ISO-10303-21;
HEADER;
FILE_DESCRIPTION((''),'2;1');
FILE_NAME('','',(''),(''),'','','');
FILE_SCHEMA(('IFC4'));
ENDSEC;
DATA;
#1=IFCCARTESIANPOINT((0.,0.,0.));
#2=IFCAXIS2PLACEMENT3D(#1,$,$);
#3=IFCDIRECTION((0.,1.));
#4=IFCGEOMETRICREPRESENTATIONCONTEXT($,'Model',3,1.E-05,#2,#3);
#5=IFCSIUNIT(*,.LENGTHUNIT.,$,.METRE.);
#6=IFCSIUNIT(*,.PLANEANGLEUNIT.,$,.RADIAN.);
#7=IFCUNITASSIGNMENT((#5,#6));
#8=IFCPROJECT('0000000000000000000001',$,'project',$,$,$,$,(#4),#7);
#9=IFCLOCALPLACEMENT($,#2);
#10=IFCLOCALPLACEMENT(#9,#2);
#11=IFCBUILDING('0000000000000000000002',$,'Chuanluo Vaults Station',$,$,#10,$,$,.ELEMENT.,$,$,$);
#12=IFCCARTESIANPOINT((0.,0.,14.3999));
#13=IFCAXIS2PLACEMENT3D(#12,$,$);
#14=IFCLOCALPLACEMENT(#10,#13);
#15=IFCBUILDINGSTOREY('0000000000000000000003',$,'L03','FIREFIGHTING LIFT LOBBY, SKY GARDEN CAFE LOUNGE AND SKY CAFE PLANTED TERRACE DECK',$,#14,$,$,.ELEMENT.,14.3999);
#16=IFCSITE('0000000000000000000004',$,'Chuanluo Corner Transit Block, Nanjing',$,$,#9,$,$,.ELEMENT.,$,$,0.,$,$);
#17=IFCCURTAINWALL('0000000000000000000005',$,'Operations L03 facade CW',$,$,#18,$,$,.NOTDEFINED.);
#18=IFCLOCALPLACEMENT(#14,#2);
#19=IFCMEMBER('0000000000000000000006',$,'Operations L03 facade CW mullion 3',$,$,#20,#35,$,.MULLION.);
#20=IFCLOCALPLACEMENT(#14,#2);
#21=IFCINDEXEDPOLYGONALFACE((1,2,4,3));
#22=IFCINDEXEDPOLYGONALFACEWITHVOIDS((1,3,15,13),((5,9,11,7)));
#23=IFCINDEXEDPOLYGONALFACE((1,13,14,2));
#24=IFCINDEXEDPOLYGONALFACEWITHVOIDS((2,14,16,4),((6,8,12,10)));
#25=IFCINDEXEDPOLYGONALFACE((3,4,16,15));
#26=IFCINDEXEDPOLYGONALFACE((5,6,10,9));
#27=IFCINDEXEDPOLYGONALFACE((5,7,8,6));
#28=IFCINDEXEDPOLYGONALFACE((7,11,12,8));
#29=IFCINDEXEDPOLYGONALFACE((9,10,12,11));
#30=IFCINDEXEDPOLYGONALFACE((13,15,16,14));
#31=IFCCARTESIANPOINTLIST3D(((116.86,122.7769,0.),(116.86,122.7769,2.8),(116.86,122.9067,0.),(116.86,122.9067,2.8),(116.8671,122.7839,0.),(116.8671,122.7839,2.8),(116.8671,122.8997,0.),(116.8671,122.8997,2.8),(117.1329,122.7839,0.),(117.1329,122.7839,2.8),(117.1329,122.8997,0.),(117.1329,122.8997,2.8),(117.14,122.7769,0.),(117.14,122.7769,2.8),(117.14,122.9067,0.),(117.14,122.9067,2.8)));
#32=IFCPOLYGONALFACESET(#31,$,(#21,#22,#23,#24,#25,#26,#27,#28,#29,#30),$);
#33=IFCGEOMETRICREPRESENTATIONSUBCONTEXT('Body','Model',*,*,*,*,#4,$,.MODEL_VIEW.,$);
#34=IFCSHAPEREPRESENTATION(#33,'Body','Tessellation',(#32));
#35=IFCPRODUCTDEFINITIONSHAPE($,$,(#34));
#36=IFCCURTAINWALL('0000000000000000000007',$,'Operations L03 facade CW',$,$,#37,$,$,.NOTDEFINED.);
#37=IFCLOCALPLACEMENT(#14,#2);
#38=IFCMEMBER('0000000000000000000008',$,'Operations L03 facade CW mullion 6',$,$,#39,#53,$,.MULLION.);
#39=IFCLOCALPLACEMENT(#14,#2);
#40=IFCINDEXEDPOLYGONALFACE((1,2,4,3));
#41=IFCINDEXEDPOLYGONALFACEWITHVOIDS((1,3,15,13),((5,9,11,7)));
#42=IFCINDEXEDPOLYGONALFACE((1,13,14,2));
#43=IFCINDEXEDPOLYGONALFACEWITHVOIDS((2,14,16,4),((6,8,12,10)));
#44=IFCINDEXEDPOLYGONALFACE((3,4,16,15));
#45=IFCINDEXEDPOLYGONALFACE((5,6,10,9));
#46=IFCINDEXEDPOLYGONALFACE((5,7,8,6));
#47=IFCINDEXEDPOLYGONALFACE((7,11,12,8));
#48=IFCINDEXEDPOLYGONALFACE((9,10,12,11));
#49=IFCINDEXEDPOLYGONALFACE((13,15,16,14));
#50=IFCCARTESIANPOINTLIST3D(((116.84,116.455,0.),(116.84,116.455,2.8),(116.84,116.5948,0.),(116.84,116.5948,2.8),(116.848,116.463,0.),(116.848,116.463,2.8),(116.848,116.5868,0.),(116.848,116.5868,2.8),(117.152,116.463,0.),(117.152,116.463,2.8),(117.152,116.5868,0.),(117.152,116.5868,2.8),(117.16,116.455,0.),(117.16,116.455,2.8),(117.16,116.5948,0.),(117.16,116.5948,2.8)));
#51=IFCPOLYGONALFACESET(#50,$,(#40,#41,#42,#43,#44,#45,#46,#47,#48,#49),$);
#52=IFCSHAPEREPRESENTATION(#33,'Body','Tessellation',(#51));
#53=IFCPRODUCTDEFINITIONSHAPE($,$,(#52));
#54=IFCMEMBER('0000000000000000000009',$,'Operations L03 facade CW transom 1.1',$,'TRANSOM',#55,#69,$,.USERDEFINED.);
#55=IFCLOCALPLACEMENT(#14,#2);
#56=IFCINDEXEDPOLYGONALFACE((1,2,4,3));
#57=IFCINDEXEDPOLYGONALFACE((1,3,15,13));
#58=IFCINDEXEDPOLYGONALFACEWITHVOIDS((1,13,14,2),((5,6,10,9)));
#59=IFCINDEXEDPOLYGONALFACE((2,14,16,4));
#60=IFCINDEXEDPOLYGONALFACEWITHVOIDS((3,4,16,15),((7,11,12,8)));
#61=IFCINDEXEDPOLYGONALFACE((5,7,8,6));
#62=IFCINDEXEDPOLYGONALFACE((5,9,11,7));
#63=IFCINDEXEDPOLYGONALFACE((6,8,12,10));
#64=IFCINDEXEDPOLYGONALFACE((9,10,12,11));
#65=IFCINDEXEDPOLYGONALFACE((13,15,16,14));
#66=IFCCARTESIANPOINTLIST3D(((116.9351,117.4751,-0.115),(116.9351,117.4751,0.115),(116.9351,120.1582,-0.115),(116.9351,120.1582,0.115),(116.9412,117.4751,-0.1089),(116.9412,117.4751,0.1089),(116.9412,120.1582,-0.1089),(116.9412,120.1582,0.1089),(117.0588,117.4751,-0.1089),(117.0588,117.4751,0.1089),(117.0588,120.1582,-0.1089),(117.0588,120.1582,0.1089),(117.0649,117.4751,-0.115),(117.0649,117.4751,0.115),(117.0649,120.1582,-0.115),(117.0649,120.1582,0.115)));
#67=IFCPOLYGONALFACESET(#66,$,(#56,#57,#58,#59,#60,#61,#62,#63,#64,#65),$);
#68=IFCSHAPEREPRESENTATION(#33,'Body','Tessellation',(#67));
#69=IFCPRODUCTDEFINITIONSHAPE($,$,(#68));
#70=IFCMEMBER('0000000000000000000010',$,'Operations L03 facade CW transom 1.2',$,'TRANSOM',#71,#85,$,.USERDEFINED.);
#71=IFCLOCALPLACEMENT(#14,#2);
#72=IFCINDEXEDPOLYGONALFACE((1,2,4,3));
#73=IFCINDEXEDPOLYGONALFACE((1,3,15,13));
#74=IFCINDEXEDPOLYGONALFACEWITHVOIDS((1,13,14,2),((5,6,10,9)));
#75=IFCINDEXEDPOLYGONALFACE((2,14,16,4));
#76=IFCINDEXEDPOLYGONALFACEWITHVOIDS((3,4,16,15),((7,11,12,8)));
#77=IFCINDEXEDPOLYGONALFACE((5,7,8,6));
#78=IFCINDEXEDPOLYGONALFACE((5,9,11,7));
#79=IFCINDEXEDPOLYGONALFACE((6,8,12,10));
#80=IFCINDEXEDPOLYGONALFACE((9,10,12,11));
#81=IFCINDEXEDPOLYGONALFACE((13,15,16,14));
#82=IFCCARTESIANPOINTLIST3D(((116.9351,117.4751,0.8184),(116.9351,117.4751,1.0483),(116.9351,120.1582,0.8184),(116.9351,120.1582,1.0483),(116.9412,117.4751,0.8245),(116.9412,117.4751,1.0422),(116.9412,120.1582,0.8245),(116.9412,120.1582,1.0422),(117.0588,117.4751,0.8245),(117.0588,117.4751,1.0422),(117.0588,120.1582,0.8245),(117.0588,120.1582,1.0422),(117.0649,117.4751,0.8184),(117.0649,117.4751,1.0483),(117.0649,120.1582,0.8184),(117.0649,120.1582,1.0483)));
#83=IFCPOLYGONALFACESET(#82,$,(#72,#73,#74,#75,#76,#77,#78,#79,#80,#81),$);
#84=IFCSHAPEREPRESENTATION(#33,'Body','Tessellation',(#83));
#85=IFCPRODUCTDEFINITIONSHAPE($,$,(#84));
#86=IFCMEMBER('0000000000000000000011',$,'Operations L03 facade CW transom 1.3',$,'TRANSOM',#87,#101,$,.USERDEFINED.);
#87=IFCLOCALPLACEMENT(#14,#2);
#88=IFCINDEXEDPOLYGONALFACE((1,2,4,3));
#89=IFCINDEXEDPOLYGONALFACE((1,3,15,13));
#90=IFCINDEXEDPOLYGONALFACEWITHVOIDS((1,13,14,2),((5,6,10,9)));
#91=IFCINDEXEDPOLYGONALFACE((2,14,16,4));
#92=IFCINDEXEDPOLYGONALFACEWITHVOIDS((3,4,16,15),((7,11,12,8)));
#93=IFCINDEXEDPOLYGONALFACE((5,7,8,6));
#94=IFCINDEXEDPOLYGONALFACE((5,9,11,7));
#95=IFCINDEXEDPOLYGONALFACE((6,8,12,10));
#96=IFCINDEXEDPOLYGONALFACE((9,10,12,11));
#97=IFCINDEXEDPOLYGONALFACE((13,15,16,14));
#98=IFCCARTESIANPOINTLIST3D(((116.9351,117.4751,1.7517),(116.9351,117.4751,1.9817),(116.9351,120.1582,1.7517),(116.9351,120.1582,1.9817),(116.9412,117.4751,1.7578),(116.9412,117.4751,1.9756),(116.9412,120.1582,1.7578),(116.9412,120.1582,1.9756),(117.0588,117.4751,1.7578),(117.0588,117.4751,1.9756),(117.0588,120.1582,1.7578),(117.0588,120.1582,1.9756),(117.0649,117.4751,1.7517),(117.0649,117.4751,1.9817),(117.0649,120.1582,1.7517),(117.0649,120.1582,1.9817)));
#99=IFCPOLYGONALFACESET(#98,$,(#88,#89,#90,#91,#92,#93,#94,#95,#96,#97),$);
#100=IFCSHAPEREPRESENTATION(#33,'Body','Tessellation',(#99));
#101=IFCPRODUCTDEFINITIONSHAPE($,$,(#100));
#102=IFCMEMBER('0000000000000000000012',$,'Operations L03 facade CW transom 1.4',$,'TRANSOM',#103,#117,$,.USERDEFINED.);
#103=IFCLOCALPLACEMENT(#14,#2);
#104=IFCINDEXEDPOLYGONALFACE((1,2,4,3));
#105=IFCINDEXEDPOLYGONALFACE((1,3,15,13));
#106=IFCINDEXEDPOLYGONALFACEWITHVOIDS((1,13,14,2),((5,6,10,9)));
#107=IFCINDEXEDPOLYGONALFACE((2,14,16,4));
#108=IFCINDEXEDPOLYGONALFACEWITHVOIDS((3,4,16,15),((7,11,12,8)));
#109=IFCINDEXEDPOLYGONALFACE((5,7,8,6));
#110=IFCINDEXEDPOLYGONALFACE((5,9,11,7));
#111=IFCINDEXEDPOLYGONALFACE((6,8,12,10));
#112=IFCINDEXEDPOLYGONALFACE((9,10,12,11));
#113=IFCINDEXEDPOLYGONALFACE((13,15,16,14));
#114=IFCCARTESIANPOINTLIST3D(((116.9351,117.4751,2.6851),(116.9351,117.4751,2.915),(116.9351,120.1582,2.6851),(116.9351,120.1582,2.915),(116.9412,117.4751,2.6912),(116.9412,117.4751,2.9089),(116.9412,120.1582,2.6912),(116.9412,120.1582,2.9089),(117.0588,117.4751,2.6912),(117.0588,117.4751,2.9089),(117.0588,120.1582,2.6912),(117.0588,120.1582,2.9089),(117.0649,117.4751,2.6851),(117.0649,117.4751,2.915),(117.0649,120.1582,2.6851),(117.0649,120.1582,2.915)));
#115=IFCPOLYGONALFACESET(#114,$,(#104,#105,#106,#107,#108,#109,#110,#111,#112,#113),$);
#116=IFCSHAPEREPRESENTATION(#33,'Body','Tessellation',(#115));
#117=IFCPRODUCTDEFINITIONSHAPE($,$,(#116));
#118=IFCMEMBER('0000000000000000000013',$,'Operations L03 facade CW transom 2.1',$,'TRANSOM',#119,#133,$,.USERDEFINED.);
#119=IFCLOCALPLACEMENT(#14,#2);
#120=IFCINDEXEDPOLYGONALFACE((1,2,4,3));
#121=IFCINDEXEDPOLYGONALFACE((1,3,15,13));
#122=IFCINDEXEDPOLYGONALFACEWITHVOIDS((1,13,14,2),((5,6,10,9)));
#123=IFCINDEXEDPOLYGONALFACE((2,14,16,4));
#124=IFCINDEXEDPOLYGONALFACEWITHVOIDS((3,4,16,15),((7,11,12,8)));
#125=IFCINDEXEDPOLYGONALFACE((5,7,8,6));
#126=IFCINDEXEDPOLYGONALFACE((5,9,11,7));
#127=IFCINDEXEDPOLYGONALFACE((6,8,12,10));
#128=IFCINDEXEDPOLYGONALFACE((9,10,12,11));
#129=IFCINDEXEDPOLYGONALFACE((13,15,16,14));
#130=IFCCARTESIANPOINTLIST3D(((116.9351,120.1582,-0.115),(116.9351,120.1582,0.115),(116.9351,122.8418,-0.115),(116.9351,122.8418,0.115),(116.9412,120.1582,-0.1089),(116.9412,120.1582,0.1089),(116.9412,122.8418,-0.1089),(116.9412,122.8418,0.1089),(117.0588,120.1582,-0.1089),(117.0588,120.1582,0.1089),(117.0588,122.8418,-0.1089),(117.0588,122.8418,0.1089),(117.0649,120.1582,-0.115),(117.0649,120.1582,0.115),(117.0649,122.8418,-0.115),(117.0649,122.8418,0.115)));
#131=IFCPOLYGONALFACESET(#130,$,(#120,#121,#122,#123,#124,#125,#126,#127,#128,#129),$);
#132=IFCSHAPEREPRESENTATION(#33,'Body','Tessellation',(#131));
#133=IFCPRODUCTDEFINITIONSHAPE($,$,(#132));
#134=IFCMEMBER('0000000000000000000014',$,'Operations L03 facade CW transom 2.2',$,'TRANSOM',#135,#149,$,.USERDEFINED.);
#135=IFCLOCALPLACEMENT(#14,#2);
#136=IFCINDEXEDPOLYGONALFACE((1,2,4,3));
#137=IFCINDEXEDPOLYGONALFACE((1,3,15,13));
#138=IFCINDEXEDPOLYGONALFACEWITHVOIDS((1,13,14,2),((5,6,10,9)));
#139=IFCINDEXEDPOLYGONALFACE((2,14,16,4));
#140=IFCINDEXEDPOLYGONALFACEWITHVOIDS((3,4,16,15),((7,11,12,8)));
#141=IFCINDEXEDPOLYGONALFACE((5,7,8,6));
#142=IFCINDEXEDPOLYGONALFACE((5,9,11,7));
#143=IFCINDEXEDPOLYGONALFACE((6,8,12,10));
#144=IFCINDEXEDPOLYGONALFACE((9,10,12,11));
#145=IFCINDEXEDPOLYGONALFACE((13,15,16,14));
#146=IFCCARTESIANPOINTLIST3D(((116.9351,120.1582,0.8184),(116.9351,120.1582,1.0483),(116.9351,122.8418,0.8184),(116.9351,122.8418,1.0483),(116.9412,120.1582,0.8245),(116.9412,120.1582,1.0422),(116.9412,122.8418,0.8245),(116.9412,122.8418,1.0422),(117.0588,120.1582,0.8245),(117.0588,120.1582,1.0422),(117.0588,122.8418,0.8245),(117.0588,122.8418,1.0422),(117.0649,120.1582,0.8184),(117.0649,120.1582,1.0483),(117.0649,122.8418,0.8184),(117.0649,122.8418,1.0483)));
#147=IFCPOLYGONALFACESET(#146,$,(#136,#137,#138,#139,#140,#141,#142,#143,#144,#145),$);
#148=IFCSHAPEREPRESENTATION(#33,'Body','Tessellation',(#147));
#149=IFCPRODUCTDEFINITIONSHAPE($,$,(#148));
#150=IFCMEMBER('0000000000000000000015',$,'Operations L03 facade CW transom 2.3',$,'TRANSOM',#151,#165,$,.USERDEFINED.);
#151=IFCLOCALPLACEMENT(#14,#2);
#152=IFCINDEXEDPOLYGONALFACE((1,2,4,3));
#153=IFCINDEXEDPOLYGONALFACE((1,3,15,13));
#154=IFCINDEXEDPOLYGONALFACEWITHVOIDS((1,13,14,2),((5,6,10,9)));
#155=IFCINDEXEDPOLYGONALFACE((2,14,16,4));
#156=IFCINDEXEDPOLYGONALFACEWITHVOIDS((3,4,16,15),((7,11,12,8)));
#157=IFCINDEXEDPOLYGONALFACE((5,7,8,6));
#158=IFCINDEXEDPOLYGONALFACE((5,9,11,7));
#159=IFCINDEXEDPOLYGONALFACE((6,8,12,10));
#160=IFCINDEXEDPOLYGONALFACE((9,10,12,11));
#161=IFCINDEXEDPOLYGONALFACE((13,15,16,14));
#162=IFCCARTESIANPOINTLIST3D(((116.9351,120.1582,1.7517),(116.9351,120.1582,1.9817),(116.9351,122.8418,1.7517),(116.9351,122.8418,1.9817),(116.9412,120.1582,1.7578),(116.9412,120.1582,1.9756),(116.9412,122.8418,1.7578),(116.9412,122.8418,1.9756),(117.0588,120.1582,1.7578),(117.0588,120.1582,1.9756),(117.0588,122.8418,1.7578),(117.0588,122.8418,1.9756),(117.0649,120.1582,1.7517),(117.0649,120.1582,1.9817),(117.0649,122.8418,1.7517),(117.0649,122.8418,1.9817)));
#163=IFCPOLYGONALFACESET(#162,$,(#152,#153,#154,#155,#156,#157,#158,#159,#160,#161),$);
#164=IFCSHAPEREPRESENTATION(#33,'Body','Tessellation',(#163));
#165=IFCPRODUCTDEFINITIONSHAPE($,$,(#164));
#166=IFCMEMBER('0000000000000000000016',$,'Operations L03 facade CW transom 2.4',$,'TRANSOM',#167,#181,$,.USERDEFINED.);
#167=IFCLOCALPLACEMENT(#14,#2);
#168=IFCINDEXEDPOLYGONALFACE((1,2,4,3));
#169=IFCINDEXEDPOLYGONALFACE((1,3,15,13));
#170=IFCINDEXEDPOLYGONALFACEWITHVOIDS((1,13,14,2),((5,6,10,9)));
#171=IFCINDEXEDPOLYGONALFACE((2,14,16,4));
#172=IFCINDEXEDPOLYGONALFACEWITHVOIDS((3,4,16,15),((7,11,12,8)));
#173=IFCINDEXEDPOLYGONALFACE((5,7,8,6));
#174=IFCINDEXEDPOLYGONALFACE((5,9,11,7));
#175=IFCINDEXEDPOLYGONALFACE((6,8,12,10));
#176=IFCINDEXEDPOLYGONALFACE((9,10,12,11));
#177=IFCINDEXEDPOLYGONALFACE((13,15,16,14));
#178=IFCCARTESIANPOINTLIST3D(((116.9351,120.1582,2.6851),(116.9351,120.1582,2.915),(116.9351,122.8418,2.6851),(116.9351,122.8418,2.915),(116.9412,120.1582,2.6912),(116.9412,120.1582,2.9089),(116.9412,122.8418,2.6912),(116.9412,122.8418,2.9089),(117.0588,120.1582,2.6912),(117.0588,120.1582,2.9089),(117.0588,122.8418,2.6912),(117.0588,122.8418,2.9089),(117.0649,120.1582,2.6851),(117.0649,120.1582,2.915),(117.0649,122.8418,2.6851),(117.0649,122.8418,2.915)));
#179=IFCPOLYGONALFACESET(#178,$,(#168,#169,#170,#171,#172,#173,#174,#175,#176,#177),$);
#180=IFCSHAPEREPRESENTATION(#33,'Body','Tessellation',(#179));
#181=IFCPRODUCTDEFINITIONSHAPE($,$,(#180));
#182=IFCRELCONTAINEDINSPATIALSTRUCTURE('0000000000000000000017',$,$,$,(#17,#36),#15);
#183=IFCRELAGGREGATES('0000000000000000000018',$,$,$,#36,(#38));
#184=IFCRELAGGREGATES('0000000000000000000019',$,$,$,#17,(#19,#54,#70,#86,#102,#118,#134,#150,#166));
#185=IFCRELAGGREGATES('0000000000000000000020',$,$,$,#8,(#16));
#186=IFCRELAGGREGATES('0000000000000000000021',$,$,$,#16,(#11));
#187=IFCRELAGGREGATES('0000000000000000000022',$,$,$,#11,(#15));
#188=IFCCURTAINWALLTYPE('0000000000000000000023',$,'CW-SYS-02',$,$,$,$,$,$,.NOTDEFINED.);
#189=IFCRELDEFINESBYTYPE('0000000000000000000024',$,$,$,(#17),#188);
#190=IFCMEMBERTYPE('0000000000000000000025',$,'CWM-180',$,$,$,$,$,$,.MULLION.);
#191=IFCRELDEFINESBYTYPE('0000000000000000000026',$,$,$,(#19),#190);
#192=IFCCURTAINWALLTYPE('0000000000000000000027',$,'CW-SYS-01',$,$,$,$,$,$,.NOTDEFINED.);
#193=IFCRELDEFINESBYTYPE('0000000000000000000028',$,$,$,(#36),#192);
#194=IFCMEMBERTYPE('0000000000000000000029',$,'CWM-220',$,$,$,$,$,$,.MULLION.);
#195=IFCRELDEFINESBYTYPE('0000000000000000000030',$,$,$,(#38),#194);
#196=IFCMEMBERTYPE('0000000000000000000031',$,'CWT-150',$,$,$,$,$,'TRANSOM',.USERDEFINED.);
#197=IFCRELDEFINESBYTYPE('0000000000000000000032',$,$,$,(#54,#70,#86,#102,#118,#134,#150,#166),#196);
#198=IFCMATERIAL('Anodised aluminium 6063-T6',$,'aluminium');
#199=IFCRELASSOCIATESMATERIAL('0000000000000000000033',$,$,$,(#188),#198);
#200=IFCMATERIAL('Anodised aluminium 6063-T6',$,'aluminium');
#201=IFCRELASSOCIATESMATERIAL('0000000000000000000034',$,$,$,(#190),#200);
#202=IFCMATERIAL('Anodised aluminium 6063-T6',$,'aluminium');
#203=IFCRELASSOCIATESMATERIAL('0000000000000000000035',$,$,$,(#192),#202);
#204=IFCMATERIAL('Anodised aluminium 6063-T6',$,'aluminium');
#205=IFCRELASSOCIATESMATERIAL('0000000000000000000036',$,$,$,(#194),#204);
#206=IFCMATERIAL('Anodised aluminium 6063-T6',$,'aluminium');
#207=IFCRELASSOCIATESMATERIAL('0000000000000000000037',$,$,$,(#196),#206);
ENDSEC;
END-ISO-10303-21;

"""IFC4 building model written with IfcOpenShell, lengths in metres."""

from ifc_helpers import new_model, si_unit, direction, frame, origin, origin_2d, place, context, subcontext, project, spatial, hollow_rectangle, extrude, material, material_profile, profile_set, type_object, element, aggregate, save


model = new_model("IFC4")

# Units and contexts
model_context = context("Model", 3, precision=1e-05, world=origin(), true_north=direction((0.0, 1.0)))
body_context = subcontext(model_context, "Body", "Model", "MODEL_VIEW")
ifc_project = project(units=[si_unit("LENGTHUNIT", "METRE"), si_unit("PLANEANGLEUNIT", "RADIAN")], contexts=[model_context])

# Site, building, storey
site_placement = place(None, origin())
site = spatial("IfcSite", under=ifc_project, at=site_placement, Name="Chuanluo Corner Transit Block, Nanjing", CompositionType="ELEMENT", RefElevation=0.0)
building_placement = place(site_placement, origin())
building = spatial("IfcBuilding", under=site, at=building_placement, Name="Chuanluo Vaults Station", CompositionType="ELEMENT")
storey_placement = place(building_placement, frame((0.0, 0.0, 14.3999)))
storey = spatial("IfcBuildingStorey", under=building, at=storey_placement, Name="L03", Description="FIREFIGHTING LIFT LOBBY, SKY GARDEN CAFE LOUNGE AND SKY CAFE PLANTED TERRACE DECK", CompositionType="ELEMENT", Elevation=14.3999)

# Curtain wall, member
ifc_material_1 = material(Name="Anodised aluminium 6063-T6", Category="aluminium")
curtain_wall_type_1 = type_object("IfcCurtainWallType", Name="CW-SYS-02", PredefinedType="NOTDEFINED", material=ifc_material_1)
curtain_wall_1_placement = place(storey_placement, origin())
curtain_wall_1 = element("IfcCurtainWall", 1, at=curtain_wall_1_placement, inside=storey, type_object=curtain_wall_type_1, Name="Operations L03 facade CW", PredefinedType="NOTDEFINED")
ifc_material_2 = material(Name="Anodised aluminium 6063-T6", Category="aluminium")
ifc_material_profile_1 = material_profile(ifc_material_2, hollow_rectangle(XDim=0.1299, YDim=0.28, WallThickness=0.0071, at=origin_2d()))
ifc_profile_set_1 = profile_set([ifc_material_profile_1], Name="Anodised aluminium 6063-T6")
member_type_1 = type_object("IfcMemberType", Name="CWM-180", PredefinedType="MULLION", material=ifc_profile_set_1)
member_1_placement = place(storey_placement, frame((117.0, 122.8418, 0.0), z_axis=(0.0, 0.0, 1.0), x_axis=(0.0, 1.0, 0.0)))
member_1 = element("IfcMember", 2, at=member_1_placement, type_object=member_type_1, Name="Operations L03 facade CW mullion 3", PredefinedType="MULLION", context=body_context, shape_type="SweptSolid", body=[
    extrude(hollow_rectangle(XDim=0.1299, YDim=0.28, WallThickness=0.0071, at=origin_2d()), origin(), (0.0, 0.0, 1.0), 2.8),
])

# Curtain wall, member
ifc_material_3 = material(Name="Anodised aluminium 6063-T6", Category="aluminium")
curtain_wall_type_2 = type_object("IfcCurtainWallType", Name="CW-SYS-01", PredefinedType="NOTDEFINED", material=ifc_material_3)
curtain_wall_2_placement = place(storey_placement, origin())
curtain_wall_2 = element("IfcCurtainWall", 3, at=curtain_wall_2_placement, inside=storey, type_object=curtain_wall_type_2, Name="Operations L03 facade CW", PredefinedType="NOTDEFINED")
ifc_material_4 = material(Name="Anodised aluminium 6063-T6", Category="aluminium")
ifc_material_profile_2 = material_profile(ifc_material_4, hollow_rectangle(XDim=0.1399, YDim=0.3201, WallThickness=0.0081, at=origin_2d()))
ifc_profile_set_2 = profile_set([ifc_material_profile_2], Name="Anodised aluminium 6063-T6")
member_type_2 = type_object("IfcMemberType", Name="CWM-220", PredefinedType="MULLION", material=ifc_profile_set_2)
member_2_placement = place(storey_placement, frame((117.0, 116.5249, 0.0), z_axis=(0.0, 0.0, 1.0), x_axis=(0.0, 1.0, 0.0)))
member_2 = element("IfcMember", 4, at=member_2_placement, type_object=member_type_2, Name="Operations L03 facade CW mullion 6", PredefinedType="MULLION", context=body_context, shape_type="SweptSolid", body=[
    extrude(hollow_rectangle(XDim=0.1399, YDim=0.3201, WallThickness=0.0081, at=origin_2d()), origin(), (0.0, 0.0, 1.0), 2.8),
])
aggregate(curtain_wall_2, [member_2])

# Members
ifc_material_5 = material(Name="Anodised aluminium 6063-T6", Category="aluminium")
ifc_material_profile_3 = material_profile(ifc_material_5, hollow_rectangle(XDim=0.1299, YDim=0.23, WallThickness=0.0061, at=origin_2d()))
ifc_profile_set_3 = profile_set([ifc_material_profile_3], Name="Anodised aluminium 6063-T6")
member_type_3 = type_object("IfcMemberType", Name="CWT-150", ElementType="TRANSOM", PredefinedType="USERDEFINED", material=ifc_profile_set_3)
member_3_placement = place(storey_placement, frame((117.0, 117.4751, 0.0), z_axis=(0.0, 1.0, 0.0), x_axis=(-1.0, 0.0, 0.0)))
member_3 = element("IfcMember", 5, at=member_3_placement, type_object=member_type_3, Name="Operations L03 facade CW transom 1.1", ObjectType="TRANSOM", PredefinedType="USERDEFINED", context=body_context, shape_type="SweptSolid", body=[
    extrude(hollow_rectangle(XDim=0.1299, YDim=0.23, WallThickness=0.0061, at=origin_2d()), origin(), (0.0, 0.0, 1.0), 2.6831),
])
member_4_placement = place(storey_placement, frame((117.0, 117.4751, 0.9333), z_axis=(0.0, 1.0, 0.0), x_axis=(-1.0, 0.0, 0.0)))
member_4 = element("IfcMember", 6, at=member_4_placement, type_object=member_type_3, Name="Operations L03 facade CW transom 1.2", ObjectType="TRANSOM", PredefinedType="USERDEFINED", context=body_context, shape_type="SweptSolid", body=[
    extrude(hollow_rectangle(XDim=0.1299, YDim=0.23, WallThickness=0.0061, at=origin_2d()), origin(), (0.0, 0.0, 1.0), 2.6831),
])
member_5_placement = place(storey_placement, frame((117.0, 117.4751, 1.8667), z_axis=(0.0, 1.0, 0.0), x_axis=(-1.0, 0.0, 0.0)))
member_5 = element("IfcMember", 7, at=member_5_placement, type_object=member_type_3, Name="Operations L03 facade CW transom 1.3", ObjectType="TRANSOM", PredefinedType="USERDEFINED", context=body_context, shape_type="SweptSolid", body=[
    extrude(hollow_rectangle(XDim=0.1299, YDim=0.23, WallThickness=0.0061, at=origin_2d()), origin(), (0.0, 0.0, 1.0), 2.6831),
])
member_6_placement = place(storey_placement, frame((117.0, 117.4751, 2.8), z_axis=(0.0, 1.0, 0.0), x_axis=(-1.0, 0.0, 0.0)))
member_6 = element("IfcMember", 8, at=member_6_placement, type_object=member_type_3, Name="Operations L03 facade CW transom 1.4", ObjectType="TRANSOM", PredefinedType="USERDEFINED", context=body_context, shape_type="SweptSolid", body=[
    extrude(hollow_rectangle(XDim=0.1299, YDim=0.23, WallThickness=0.0061, at=origin_2d()), origin(), (0.0, 0.0, 1.0), 2.6831),
])
member_7_placement = place(storey_placement, frame((117.0, 120.1582, 0.0), z_axis=(0.0, 1.0, 0.0), x_axis=(-1.0, 0.0, 0.0)))
member_7 = element("IfcMember", 9, at=member_7_placement, type_object=member_type_3, Name="Operations L03 facade CW transom 2.1", ObjectType="TRANSOM", PredefinedType="USERDEFINED", context=body_context, shape_type="SweptSolid", body=[
    extrude(hollow_rectangle(XDim=0.1299, YDim=0.23, WallThickness=0.0061, at=origin_2d()), origin(), (0.0, 0.0, 1.0), 2.6836),
])
member_8_placement = place(storey_placement, frame((117.0, 120.1582, 0.9333), z_axis=(0.0, 1.0, 0.0), x_axis=(-1.0, 0.0, 0.0)))
member_8 = element("IfcMember", 10, at=member_8_placement, type_object=member_type_3, Name="Operations L03 facade CW transom 2.2", ObjectType="TRANSOM", PredefinedType="USERDEFINED", context=body_context, shape_type="SweptSolid", body=[
    extrude(hollow_rectangle(XDim=0.1299, YDim=0.23, WallThickness=0.0061, at=origin_2d()), origin(), (0.0, 0.0, 1.0), 2.6836),
])
member_9_placement = place(storey_placement, frame((117.0, 120.1582, 1.8667), z_axis=(0.0, 1.0, 0.0), x_axis=(-1.0, 0.0, 0.0)))
member_9 = element("IfcMember", 11, at=member_9_placement, type_object=member_type_3, Name="Operations L03 facade CW transom 2.3", ObjectType="TRANSOM", PredefinedType="USERDEFINED", context=body_context, shape_type="SweptSolid", body=[
    extrude(hollow_rectangle(XDim=0.1299, YDim=0.23, WallThickness=0.0061, at=origin_2d()), origin(), (0.0, 0.0, 1.0), 2.6836),
])
member_10_placement = place(storey_placement, frame((117.0, 120.1582, 2.8), z_axis=(0.0, 1.0, 0.0), x_axis=(-1.0, 0.0, 0.0)))
member_10 = element("IfcMember", 12, at=member_10_placement, type_object=member_type_3, Name="Operations L03 facade CW transom 2.4", ObjectType="TRANSOM", PredefinedType="USERDEFINED", context=body_context, shape_type="SweptSolid", body=[
    extrude(hollow_rectangle(XDim=0.1299, YDim=0.23, WallThickness=0.0061, at=origin_2d()), origin(), (0.0, 0.0, 1.0), 2.6836),
])

aggregate(curtain_wall_1, [member_1, member_3, member_4, member_5, member_6, member_7, member_8, member_9, member_10])

save(model, "model.ifc")
